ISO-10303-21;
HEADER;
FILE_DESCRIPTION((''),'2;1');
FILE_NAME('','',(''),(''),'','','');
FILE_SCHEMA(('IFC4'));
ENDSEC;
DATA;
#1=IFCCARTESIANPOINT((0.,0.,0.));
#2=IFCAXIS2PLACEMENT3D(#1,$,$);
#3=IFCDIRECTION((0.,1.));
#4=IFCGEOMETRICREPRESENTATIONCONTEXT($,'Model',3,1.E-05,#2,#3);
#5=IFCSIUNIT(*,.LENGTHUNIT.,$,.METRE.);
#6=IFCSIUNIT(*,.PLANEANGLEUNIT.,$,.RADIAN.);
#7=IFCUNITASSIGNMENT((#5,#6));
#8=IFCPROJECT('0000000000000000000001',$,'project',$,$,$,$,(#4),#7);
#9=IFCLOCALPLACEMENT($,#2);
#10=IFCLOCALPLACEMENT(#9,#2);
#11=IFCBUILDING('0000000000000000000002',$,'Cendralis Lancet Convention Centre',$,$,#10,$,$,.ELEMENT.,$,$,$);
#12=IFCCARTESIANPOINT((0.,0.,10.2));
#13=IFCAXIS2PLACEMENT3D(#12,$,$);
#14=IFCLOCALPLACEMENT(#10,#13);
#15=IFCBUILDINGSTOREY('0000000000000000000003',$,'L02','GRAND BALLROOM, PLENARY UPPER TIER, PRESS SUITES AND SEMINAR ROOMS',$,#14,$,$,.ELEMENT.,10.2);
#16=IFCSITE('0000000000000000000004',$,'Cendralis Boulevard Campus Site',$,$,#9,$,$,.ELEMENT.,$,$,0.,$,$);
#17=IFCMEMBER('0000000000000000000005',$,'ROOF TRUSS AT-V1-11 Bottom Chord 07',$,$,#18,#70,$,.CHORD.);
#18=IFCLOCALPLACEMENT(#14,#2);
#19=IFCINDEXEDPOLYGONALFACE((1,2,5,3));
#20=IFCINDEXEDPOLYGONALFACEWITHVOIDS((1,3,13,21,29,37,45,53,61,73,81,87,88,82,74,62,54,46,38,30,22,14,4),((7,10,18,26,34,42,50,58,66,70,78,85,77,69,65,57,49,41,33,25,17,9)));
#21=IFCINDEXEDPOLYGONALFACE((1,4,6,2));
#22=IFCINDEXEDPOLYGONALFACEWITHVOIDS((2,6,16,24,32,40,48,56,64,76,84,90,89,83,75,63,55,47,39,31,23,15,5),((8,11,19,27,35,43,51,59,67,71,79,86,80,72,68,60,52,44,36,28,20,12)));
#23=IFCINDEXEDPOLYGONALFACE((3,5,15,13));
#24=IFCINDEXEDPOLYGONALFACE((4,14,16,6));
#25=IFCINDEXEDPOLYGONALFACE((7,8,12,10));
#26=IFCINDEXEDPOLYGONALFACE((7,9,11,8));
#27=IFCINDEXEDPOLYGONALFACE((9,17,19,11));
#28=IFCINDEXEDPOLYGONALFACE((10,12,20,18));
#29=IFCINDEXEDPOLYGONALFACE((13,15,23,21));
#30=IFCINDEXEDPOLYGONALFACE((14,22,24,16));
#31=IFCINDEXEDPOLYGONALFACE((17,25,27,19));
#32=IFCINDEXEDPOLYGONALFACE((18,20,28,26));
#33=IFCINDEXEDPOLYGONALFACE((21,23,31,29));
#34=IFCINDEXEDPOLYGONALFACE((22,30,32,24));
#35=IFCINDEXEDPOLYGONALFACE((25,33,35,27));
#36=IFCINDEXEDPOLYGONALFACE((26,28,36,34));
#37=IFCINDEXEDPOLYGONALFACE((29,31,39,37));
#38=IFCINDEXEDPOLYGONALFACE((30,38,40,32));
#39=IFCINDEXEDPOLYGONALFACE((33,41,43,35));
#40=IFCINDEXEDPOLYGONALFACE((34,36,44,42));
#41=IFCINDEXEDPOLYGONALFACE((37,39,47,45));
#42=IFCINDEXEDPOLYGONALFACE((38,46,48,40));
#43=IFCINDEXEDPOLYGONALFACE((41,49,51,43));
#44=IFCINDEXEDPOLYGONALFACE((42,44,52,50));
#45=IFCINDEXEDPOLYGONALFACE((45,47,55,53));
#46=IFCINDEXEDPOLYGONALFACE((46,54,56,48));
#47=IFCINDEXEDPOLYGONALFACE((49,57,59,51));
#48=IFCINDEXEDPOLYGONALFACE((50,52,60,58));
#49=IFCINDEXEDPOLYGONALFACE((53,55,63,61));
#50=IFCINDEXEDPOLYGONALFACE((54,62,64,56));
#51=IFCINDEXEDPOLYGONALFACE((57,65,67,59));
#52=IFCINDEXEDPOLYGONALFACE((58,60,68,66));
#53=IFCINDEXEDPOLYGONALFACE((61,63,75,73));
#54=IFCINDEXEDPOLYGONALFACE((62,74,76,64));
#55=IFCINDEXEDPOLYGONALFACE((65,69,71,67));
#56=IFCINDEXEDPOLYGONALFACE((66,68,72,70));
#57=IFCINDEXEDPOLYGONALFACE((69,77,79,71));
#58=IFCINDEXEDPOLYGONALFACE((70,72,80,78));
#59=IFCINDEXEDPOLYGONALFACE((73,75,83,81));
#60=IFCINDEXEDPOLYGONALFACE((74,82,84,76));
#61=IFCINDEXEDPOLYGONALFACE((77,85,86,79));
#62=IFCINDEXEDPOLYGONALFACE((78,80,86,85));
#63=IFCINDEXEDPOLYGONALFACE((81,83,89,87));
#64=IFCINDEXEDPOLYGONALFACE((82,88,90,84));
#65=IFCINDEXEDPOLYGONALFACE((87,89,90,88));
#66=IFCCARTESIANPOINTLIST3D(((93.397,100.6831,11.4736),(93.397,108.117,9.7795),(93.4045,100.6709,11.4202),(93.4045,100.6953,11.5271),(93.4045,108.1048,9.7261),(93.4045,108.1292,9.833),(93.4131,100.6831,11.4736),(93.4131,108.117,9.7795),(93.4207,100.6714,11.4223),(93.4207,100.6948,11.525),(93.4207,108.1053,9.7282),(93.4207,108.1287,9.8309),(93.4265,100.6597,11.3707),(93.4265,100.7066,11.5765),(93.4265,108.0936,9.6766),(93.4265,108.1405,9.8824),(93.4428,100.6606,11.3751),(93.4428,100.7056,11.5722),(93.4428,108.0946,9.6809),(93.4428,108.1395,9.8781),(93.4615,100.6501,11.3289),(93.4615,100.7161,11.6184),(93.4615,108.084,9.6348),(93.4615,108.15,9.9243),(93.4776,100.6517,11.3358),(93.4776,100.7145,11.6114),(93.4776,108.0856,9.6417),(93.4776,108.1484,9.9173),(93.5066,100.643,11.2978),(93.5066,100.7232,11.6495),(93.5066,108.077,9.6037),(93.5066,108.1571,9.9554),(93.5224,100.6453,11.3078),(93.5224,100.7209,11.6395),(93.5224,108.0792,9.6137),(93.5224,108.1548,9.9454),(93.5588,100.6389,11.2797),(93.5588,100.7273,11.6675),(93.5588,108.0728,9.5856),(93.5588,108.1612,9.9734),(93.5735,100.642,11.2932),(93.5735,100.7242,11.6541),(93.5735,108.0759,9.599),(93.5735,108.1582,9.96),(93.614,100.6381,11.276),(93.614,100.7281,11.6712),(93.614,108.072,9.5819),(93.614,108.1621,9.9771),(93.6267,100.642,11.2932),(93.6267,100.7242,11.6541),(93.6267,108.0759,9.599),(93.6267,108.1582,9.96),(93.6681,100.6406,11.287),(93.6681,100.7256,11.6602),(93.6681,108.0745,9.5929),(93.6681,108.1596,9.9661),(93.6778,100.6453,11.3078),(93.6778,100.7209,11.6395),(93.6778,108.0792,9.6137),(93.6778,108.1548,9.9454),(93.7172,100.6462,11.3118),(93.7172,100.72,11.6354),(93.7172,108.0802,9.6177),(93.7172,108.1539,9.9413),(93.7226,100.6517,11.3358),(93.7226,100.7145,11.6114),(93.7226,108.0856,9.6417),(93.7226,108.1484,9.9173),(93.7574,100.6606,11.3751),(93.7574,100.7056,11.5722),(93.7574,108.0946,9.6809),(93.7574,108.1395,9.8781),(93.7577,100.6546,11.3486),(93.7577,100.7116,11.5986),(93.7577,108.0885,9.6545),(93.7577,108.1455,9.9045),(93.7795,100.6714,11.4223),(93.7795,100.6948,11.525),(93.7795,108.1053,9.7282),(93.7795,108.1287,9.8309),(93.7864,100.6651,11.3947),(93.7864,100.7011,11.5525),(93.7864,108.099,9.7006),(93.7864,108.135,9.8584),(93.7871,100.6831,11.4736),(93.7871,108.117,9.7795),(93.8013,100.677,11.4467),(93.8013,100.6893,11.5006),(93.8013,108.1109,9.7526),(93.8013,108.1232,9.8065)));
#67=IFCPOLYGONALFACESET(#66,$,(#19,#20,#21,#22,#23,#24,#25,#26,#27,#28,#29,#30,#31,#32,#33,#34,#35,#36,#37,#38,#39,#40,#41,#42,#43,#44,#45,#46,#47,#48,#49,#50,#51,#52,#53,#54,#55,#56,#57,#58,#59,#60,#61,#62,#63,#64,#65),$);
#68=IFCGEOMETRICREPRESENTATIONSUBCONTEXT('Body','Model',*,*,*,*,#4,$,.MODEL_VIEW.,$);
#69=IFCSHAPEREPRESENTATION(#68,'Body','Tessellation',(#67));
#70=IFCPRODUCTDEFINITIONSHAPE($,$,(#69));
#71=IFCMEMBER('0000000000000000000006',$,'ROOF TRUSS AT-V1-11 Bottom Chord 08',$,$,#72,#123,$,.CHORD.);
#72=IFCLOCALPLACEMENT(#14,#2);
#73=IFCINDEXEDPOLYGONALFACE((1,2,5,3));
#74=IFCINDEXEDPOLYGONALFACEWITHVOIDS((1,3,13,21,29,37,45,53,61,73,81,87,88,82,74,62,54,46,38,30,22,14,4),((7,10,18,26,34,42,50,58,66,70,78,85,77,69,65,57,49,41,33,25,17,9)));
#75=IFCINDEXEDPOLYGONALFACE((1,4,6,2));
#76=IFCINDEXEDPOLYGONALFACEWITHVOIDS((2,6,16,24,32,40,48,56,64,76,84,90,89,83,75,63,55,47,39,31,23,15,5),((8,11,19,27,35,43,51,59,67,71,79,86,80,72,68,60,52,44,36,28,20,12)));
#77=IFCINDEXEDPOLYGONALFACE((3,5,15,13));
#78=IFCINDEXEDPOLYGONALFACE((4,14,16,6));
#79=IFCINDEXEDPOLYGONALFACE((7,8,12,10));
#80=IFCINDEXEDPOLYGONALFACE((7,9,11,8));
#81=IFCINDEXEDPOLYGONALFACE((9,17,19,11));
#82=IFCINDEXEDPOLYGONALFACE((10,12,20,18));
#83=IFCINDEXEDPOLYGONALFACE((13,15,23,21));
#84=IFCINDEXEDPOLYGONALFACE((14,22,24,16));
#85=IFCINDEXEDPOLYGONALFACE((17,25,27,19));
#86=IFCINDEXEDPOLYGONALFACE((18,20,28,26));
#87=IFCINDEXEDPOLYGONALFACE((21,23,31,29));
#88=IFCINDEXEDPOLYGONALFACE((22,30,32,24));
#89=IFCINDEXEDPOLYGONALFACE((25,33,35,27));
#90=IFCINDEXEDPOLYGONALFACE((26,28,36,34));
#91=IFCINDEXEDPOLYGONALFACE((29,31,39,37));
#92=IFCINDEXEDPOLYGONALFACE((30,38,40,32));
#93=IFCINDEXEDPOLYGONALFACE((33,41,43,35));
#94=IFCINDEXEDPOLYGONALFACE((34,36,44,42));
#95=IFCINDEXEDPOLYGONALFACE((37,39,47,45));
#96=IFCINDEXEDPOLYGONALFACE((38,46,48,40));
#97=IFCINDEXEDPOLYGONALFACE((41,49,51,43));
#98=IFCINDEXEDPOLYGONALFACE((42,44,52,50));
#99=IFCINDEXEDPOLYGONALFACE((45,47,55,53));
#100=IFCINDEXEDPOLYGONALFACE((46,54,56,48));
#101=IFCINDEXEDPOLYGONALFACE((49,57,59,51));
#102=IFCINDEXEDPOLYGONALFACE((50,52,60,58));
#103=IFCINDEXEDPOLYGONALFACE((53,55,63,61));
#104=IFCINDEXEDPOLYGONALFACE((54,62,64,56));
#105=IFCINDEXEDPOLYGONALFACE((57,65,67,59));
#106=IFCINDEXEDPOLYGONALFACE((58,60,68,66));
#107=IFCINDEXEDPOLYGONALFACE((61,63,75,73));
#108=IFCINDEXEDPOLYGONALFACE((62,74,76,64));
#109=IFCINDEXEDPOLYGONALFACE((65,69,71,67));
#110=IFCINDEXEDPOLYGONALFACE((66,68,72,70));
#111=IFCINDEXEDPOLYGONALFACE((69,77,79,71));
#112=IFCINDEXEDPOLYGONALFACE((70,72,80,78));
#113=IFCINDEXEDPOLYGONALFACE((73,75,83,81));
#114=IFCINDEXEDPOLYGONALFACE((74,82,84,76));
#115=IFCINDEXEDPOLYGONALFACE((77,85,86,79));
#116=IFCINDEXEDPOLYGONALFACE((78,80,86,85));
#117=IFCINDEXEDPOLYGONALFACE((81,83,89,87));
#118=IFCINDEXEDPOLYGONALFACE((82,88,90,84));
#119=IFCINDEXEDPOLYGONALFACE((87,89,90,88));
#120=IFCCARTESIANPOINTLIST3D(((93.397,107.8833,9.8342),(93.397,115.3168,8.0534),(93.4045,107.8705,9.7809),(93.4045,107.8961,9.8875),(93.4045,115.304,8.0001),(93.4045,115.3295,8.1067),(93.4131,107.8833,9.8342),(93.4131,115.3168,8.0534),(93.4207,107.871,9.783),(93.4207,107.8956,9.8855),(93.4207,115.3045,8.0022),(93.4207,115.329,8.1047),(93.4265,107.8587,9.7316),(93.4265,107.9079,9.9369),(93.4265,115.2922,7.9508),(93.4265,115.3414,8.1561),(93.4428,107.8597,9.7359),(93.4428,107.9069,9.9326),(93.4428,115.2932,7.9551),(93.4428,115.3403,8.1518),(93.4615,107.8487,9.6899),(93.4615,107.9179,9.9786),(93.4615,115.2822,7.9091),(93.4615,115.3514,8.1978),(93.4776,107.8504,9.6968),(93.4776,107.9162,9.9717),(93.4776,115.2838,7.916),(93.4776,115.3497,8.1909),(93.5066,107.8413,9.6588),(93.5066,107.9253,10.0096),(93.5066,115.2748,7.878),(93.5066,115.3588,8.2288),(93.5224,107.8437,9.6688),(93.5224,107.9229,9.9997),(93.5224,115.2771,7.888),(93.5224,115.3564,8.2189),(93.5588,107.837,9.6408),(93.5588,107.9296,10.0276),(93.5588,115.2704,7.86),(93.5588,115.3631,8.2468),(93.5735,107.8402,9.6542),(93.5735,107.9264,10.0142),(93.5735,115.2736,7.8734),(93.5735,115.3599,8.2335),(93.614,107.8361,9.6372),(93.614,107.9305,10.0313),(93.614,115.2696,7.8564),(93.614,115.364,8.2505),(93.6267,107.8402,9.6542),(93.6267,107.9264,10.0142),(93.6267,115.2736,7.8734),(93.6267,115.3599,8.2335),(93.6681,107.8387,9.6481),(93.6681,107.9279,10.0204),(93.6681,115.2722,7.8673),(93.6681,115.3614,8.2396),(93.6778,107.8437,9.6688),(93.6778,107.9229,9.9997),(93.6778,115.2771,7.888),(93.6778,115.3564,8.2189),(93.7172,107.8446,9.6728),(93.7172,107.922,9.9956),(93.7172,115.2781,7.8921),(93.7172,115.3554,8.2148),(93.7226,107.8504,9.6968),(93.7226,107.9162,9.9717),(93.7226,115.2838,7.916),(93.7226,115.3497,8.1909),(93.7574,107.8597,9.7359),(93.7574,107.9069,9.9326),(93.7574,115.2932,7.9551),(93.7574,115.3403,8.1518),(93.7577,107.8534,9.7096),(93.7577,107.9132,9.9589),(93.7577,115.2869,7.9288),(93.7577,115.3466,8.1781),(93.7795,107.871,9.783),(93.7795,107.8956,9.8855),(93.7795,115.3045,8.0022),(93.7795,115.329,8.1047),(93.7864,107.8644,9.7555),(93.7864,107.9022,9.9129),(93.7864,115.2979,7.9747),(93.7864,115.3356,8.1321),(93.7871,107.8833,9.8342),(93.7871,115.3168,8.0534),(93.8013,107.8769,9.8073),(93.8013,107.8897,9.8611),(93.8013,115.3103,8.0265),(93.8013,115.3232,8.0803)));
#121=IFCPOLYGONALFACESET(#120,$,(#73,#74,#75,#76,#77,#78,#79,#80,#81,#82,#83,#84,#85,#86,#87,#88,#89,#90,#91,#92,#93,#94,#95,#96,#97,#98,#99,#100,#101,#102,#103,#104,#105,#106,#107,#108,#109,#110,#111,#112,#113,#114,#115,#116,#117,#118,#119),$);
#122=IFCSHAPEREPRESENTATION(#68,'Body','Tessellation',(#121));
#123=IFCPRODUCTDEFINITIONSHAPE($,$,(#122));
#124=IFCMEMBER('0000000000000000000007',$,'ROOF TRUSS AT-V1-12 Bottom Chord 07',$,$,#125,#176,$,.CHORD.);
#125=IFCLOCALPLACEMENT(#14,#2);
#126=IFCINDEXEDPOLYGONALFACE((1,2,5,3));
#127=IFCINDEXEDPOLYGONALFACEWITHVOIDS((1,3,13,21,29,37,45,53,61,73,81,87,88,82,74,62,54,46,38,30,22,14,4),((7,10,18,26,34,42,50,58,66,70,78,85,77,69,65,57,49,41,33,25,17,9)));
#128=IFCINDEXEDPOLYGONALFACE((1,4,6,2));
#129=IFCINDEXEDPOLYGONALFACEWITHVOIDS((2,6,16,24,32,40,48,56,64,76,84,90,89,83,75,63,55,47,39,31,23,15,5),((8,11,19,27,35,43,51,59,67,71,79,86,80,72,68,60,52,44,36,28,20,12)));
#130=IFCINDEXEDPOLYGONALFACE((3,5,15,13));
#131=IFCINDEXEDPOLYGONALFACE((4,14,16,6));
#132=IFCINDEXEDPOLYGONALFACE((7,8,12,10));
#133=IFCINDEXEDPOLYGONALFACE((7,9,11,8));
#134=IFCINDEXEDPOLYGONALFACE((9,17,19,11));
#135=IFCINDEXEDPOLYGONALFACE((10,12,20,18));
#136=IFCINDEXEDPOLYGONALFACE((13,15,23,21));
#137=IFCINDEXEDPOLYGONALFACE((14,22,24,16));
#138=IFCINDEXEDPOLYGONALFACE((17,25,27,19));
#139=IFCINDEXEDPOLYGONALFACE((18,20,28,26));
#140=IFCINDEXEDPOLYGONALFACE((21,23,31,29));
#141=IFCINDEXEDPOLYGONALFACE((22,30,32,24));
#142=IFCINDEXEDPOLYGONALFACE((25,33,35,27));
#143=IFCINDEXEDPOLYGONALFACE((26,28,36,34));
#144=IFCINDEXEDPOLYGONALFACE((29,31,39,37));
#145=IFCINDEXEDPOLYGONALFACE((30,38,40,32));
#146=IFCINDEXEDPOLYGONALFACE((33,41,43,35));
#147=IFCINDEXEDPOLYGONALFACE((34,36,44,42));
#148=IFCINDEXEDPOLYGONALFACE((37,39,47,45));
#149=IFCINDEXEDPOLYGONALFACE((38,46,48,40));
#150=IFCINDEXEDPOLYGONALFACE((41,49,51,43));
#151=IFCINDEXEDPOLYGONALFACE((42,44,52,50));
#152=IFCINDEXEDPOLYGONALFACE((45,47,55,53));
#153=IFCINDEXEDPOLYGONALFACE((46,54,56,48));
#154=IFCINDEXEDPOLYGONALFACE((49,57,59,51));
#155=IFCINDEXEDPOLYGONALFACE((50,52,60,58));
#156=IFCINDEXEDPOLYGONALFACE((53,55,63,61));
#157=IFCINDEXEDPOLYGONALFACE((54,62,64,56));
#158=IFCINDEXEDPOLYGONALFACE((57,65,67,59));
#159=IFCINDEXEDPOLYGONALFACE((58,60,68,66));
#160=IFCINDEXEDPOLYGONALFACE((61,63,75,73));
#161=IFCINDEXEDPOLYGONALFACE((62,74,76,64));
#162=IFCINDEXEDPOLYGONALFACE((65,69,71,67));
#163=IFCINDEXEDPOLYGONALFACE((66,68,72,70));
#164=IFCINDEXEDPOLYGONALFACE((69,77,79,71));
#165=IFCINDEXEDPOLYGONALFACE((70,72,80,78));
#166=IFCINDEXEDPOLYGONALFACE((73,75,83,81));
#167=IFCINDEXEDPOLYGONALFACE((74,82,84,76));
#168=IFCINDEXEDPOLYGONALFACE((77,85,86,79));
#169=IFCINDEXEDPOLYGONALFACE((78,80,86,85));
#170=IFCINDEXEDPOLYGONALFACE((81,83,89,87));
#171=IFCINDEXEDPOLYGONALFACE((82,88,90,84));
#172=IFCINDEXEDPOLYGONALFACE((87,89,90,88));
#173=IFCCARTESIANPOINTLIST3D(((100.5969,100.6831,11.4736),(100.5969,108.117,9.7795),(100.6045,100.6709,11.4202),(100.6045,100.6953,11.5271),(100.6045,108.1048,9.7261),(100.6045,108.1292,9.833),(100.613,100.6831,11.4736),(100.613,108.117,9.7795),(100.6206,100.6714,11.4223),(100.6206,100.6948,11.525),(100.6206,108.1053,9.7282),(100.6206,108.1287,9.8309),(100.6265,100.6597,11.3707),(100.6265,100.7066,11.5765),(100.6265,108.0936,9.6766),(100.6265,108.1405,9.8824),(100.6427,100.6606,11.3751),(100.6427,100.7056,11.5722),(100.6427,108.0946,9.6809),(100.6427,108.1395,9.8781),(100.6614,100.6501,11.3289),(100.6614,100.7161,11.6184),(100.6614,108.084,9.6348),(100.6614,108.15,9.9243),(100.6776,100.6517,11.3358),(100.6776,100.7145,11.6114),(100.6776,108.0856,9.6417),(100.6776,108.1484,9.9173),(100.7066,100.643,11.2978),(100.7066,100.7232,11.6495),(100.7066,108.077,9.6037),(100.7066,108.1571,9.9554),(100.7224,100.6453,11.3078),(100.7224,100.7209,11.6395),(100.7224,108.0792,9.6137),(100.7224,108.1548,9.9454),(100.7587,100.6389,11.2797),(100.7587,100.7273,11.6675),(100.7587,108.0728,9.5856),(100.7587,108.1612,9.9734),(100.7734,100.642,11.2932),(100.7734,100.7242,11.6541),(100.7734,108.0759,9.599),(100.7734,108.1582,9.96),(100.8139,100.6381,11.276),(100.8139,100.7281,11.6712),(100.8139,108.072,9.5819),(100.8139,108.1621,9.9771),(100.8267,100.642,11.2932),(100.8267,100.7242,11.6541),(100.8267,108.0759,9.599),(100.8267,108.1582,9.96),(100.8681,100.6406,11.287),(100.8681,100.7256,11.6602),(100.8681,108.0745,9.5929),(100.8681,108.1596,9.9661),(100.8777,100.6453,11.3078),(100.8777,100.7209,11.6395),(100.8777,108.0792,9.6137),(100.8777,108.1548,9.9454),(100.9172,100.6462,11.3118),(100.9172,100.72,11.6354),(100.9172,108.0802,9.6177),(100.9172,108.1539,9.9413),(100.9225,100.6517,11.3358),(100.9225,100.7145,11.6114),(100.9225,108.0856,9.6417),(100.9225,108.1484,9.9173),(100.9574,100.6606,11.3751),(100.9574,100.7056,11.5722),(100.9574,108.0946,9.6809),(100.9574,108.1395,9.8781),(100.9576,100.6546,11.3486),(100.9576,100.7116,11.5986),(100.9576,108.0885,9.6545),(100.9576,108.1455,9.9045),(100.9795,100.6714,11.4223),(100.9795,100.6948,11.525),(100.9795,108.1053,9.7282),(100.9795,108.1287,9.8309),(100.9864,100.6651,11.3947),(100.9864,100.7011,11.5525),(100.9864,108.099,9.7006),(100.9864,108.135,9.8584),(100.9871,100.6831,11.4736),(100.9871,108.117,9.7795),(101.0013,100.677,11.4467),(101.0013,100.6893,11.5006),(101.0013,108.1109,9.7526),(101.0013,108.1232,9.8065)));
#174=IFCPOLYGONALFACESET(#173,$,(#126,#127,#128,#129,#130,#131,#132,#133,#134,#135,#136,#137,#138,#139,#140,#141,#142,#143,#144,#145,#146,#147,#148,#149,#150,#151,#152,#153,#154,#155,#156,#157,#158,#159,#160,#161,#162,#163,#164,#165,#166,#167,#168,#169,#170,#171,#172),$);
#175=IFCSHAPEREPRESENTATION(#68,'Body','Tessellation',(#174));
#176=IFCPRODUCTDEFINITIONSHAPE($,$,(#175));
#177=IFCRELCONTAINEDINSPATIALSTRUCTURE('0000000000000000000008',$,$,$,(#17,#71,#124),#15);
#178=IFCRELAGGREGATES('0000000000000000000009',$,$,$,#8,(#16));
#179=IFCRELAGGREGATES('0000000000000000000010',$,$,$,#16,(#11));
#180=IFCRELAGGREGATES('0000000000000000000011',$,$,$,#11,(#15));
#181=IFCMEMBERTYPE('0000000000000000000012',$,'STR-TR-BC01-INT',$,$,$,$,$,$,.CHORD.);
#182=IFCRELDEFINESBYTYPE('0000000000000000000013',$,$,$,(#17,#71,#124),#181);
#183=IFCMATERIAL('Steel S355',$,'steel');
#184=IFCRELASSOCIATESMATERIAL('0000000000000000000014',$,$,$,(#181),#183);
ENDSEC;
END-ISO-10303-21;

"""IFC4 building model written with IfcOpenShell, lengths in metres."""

from ifc_helpers import new_model, si_unit, direction, frame, origin, origin_2d, place, context, subcontext, project, spatial, hollow_circle, extrude, material, material_profile, profile_set, type_object, element, save


model = new_model("IFC4")

# Units and contexts
model_context = context("Model", 3, precision=1e-05, world=origin(), true_north=direction((0.0, 1.0)))
body_context = subcontext(model_context, "Body", "Model", "MODEL_VIEW")
ifc_project = project(units=[si_unit("LENGTHUNIT", "METRE"), si_unit("PLANEANGLEUNIT", "RADIAN")], contexts=[model_context])

# Site, building, storey
site_placement = place(None, origin())
site = spatial("IfcSite", under=ifc_project, at=site_placement, Name="Cendralis Boulevard Campus Site", CompositionType="ELEMENT", RefElevation=0.0)
building_placement = place(site_placement, origin())
building = spatial("IfcBuilding", under=site, at=building_placement, Name="Cendralis Lancet Convention Centre", CompositionType="ELEMENT")
storey_placement = place(building_placement, frame((0.0, 0.0, 10.2)))
storey = spatial("IfcBuildingStorey", under=building, at=storey_placement, Name="L02", Description="GRAND BALLROOM, PLENARY UPPER TIER, PRESS SUITES AND SEMINAR ROOMS", CompositionType="ELEMENT", Elevation=10.2)

# Members
ifc_material = material(Name="Steel S355", Category="steel")
ifc_material_profile_1 = material_profile(ifc_material, hollow_circle(Radius=0.2031, WallThickness=0.0161, at=origin_2d()), Name="CHS 406.4x16.0")
ifc_profile_set_1 = profile_set([ifc_material_profile_1], Name="Steel S355")
member_type_1 = type_object("IfcMemberType", Name="STR-TR-BC01-INT", PredefinedType="CHORD", material=ifc_profile_set_1)
member_1_placement = place(storey_placement, frame((93.6001, 100.6831, 11.4736), z_axis=(0.0, 0.975003, -0.222193), x_axis=(-1.0, 0.0, 0.0)))
element("IfcMember", 1, at=member_1_placement, inside=storey, type_object=member_type_1, Name="ROOF TRUSS AT-V1-11 Bottom Chord 07", PredefinedType="CHORD", context=body_context, shape_type="SweptSolid", body=[
    extrude(hollow_circle(Radius=0.2031, WallThickness=0.0161, at=origin_2d()), origin(), (0.0, 0.0, 1.0), 7.6245),
])
member_2_placement = place(storey_placement, frame((93.6001, 107.8833, 9.8342), z_axis=(0.0, 0.972483, -0.232972), x_axis=(-1.0, 0.0, 0.0)))
element("IfcMember", 2, at=member_2_placement, inside=storey, type_object=member_type_1, Name="ROOF TRUSS AT-V1-11 Bottom Chord 08", PredefinedType="CHORD", context=body_context, shape_type="SweptSolid", body=[
    extrude(hollow_circle(Radius=0.2031, WallThickness=0.0161, at=origin_2d()), origin(), (0.0, 0.0, 1.0), 7.6438),
])
member_3_placement = place(storey_placement, frame((100.8, 100.6831, 11.4736), z_axis=(0.0, 0.975003, -0.222193), x_axis=(-1.0, 0.0, 0.0)))
element("IfcMember", 3, at=member_3_placement, inside=storey, type_object=member_type_1, Name="ROOF TRUSS AT-V1-12 Bottom Chord 07", PredefinedType="CHORD", context=body_context, shape_type="SweptSolid", body=[
    extrude(hollow_circle(Radius=0.2031, WallThickness=0.0161, at=origin_2d()), origin(), (0.0, 0.0, 1.0), 7.6245),
])

save(model, "model.ifc")
